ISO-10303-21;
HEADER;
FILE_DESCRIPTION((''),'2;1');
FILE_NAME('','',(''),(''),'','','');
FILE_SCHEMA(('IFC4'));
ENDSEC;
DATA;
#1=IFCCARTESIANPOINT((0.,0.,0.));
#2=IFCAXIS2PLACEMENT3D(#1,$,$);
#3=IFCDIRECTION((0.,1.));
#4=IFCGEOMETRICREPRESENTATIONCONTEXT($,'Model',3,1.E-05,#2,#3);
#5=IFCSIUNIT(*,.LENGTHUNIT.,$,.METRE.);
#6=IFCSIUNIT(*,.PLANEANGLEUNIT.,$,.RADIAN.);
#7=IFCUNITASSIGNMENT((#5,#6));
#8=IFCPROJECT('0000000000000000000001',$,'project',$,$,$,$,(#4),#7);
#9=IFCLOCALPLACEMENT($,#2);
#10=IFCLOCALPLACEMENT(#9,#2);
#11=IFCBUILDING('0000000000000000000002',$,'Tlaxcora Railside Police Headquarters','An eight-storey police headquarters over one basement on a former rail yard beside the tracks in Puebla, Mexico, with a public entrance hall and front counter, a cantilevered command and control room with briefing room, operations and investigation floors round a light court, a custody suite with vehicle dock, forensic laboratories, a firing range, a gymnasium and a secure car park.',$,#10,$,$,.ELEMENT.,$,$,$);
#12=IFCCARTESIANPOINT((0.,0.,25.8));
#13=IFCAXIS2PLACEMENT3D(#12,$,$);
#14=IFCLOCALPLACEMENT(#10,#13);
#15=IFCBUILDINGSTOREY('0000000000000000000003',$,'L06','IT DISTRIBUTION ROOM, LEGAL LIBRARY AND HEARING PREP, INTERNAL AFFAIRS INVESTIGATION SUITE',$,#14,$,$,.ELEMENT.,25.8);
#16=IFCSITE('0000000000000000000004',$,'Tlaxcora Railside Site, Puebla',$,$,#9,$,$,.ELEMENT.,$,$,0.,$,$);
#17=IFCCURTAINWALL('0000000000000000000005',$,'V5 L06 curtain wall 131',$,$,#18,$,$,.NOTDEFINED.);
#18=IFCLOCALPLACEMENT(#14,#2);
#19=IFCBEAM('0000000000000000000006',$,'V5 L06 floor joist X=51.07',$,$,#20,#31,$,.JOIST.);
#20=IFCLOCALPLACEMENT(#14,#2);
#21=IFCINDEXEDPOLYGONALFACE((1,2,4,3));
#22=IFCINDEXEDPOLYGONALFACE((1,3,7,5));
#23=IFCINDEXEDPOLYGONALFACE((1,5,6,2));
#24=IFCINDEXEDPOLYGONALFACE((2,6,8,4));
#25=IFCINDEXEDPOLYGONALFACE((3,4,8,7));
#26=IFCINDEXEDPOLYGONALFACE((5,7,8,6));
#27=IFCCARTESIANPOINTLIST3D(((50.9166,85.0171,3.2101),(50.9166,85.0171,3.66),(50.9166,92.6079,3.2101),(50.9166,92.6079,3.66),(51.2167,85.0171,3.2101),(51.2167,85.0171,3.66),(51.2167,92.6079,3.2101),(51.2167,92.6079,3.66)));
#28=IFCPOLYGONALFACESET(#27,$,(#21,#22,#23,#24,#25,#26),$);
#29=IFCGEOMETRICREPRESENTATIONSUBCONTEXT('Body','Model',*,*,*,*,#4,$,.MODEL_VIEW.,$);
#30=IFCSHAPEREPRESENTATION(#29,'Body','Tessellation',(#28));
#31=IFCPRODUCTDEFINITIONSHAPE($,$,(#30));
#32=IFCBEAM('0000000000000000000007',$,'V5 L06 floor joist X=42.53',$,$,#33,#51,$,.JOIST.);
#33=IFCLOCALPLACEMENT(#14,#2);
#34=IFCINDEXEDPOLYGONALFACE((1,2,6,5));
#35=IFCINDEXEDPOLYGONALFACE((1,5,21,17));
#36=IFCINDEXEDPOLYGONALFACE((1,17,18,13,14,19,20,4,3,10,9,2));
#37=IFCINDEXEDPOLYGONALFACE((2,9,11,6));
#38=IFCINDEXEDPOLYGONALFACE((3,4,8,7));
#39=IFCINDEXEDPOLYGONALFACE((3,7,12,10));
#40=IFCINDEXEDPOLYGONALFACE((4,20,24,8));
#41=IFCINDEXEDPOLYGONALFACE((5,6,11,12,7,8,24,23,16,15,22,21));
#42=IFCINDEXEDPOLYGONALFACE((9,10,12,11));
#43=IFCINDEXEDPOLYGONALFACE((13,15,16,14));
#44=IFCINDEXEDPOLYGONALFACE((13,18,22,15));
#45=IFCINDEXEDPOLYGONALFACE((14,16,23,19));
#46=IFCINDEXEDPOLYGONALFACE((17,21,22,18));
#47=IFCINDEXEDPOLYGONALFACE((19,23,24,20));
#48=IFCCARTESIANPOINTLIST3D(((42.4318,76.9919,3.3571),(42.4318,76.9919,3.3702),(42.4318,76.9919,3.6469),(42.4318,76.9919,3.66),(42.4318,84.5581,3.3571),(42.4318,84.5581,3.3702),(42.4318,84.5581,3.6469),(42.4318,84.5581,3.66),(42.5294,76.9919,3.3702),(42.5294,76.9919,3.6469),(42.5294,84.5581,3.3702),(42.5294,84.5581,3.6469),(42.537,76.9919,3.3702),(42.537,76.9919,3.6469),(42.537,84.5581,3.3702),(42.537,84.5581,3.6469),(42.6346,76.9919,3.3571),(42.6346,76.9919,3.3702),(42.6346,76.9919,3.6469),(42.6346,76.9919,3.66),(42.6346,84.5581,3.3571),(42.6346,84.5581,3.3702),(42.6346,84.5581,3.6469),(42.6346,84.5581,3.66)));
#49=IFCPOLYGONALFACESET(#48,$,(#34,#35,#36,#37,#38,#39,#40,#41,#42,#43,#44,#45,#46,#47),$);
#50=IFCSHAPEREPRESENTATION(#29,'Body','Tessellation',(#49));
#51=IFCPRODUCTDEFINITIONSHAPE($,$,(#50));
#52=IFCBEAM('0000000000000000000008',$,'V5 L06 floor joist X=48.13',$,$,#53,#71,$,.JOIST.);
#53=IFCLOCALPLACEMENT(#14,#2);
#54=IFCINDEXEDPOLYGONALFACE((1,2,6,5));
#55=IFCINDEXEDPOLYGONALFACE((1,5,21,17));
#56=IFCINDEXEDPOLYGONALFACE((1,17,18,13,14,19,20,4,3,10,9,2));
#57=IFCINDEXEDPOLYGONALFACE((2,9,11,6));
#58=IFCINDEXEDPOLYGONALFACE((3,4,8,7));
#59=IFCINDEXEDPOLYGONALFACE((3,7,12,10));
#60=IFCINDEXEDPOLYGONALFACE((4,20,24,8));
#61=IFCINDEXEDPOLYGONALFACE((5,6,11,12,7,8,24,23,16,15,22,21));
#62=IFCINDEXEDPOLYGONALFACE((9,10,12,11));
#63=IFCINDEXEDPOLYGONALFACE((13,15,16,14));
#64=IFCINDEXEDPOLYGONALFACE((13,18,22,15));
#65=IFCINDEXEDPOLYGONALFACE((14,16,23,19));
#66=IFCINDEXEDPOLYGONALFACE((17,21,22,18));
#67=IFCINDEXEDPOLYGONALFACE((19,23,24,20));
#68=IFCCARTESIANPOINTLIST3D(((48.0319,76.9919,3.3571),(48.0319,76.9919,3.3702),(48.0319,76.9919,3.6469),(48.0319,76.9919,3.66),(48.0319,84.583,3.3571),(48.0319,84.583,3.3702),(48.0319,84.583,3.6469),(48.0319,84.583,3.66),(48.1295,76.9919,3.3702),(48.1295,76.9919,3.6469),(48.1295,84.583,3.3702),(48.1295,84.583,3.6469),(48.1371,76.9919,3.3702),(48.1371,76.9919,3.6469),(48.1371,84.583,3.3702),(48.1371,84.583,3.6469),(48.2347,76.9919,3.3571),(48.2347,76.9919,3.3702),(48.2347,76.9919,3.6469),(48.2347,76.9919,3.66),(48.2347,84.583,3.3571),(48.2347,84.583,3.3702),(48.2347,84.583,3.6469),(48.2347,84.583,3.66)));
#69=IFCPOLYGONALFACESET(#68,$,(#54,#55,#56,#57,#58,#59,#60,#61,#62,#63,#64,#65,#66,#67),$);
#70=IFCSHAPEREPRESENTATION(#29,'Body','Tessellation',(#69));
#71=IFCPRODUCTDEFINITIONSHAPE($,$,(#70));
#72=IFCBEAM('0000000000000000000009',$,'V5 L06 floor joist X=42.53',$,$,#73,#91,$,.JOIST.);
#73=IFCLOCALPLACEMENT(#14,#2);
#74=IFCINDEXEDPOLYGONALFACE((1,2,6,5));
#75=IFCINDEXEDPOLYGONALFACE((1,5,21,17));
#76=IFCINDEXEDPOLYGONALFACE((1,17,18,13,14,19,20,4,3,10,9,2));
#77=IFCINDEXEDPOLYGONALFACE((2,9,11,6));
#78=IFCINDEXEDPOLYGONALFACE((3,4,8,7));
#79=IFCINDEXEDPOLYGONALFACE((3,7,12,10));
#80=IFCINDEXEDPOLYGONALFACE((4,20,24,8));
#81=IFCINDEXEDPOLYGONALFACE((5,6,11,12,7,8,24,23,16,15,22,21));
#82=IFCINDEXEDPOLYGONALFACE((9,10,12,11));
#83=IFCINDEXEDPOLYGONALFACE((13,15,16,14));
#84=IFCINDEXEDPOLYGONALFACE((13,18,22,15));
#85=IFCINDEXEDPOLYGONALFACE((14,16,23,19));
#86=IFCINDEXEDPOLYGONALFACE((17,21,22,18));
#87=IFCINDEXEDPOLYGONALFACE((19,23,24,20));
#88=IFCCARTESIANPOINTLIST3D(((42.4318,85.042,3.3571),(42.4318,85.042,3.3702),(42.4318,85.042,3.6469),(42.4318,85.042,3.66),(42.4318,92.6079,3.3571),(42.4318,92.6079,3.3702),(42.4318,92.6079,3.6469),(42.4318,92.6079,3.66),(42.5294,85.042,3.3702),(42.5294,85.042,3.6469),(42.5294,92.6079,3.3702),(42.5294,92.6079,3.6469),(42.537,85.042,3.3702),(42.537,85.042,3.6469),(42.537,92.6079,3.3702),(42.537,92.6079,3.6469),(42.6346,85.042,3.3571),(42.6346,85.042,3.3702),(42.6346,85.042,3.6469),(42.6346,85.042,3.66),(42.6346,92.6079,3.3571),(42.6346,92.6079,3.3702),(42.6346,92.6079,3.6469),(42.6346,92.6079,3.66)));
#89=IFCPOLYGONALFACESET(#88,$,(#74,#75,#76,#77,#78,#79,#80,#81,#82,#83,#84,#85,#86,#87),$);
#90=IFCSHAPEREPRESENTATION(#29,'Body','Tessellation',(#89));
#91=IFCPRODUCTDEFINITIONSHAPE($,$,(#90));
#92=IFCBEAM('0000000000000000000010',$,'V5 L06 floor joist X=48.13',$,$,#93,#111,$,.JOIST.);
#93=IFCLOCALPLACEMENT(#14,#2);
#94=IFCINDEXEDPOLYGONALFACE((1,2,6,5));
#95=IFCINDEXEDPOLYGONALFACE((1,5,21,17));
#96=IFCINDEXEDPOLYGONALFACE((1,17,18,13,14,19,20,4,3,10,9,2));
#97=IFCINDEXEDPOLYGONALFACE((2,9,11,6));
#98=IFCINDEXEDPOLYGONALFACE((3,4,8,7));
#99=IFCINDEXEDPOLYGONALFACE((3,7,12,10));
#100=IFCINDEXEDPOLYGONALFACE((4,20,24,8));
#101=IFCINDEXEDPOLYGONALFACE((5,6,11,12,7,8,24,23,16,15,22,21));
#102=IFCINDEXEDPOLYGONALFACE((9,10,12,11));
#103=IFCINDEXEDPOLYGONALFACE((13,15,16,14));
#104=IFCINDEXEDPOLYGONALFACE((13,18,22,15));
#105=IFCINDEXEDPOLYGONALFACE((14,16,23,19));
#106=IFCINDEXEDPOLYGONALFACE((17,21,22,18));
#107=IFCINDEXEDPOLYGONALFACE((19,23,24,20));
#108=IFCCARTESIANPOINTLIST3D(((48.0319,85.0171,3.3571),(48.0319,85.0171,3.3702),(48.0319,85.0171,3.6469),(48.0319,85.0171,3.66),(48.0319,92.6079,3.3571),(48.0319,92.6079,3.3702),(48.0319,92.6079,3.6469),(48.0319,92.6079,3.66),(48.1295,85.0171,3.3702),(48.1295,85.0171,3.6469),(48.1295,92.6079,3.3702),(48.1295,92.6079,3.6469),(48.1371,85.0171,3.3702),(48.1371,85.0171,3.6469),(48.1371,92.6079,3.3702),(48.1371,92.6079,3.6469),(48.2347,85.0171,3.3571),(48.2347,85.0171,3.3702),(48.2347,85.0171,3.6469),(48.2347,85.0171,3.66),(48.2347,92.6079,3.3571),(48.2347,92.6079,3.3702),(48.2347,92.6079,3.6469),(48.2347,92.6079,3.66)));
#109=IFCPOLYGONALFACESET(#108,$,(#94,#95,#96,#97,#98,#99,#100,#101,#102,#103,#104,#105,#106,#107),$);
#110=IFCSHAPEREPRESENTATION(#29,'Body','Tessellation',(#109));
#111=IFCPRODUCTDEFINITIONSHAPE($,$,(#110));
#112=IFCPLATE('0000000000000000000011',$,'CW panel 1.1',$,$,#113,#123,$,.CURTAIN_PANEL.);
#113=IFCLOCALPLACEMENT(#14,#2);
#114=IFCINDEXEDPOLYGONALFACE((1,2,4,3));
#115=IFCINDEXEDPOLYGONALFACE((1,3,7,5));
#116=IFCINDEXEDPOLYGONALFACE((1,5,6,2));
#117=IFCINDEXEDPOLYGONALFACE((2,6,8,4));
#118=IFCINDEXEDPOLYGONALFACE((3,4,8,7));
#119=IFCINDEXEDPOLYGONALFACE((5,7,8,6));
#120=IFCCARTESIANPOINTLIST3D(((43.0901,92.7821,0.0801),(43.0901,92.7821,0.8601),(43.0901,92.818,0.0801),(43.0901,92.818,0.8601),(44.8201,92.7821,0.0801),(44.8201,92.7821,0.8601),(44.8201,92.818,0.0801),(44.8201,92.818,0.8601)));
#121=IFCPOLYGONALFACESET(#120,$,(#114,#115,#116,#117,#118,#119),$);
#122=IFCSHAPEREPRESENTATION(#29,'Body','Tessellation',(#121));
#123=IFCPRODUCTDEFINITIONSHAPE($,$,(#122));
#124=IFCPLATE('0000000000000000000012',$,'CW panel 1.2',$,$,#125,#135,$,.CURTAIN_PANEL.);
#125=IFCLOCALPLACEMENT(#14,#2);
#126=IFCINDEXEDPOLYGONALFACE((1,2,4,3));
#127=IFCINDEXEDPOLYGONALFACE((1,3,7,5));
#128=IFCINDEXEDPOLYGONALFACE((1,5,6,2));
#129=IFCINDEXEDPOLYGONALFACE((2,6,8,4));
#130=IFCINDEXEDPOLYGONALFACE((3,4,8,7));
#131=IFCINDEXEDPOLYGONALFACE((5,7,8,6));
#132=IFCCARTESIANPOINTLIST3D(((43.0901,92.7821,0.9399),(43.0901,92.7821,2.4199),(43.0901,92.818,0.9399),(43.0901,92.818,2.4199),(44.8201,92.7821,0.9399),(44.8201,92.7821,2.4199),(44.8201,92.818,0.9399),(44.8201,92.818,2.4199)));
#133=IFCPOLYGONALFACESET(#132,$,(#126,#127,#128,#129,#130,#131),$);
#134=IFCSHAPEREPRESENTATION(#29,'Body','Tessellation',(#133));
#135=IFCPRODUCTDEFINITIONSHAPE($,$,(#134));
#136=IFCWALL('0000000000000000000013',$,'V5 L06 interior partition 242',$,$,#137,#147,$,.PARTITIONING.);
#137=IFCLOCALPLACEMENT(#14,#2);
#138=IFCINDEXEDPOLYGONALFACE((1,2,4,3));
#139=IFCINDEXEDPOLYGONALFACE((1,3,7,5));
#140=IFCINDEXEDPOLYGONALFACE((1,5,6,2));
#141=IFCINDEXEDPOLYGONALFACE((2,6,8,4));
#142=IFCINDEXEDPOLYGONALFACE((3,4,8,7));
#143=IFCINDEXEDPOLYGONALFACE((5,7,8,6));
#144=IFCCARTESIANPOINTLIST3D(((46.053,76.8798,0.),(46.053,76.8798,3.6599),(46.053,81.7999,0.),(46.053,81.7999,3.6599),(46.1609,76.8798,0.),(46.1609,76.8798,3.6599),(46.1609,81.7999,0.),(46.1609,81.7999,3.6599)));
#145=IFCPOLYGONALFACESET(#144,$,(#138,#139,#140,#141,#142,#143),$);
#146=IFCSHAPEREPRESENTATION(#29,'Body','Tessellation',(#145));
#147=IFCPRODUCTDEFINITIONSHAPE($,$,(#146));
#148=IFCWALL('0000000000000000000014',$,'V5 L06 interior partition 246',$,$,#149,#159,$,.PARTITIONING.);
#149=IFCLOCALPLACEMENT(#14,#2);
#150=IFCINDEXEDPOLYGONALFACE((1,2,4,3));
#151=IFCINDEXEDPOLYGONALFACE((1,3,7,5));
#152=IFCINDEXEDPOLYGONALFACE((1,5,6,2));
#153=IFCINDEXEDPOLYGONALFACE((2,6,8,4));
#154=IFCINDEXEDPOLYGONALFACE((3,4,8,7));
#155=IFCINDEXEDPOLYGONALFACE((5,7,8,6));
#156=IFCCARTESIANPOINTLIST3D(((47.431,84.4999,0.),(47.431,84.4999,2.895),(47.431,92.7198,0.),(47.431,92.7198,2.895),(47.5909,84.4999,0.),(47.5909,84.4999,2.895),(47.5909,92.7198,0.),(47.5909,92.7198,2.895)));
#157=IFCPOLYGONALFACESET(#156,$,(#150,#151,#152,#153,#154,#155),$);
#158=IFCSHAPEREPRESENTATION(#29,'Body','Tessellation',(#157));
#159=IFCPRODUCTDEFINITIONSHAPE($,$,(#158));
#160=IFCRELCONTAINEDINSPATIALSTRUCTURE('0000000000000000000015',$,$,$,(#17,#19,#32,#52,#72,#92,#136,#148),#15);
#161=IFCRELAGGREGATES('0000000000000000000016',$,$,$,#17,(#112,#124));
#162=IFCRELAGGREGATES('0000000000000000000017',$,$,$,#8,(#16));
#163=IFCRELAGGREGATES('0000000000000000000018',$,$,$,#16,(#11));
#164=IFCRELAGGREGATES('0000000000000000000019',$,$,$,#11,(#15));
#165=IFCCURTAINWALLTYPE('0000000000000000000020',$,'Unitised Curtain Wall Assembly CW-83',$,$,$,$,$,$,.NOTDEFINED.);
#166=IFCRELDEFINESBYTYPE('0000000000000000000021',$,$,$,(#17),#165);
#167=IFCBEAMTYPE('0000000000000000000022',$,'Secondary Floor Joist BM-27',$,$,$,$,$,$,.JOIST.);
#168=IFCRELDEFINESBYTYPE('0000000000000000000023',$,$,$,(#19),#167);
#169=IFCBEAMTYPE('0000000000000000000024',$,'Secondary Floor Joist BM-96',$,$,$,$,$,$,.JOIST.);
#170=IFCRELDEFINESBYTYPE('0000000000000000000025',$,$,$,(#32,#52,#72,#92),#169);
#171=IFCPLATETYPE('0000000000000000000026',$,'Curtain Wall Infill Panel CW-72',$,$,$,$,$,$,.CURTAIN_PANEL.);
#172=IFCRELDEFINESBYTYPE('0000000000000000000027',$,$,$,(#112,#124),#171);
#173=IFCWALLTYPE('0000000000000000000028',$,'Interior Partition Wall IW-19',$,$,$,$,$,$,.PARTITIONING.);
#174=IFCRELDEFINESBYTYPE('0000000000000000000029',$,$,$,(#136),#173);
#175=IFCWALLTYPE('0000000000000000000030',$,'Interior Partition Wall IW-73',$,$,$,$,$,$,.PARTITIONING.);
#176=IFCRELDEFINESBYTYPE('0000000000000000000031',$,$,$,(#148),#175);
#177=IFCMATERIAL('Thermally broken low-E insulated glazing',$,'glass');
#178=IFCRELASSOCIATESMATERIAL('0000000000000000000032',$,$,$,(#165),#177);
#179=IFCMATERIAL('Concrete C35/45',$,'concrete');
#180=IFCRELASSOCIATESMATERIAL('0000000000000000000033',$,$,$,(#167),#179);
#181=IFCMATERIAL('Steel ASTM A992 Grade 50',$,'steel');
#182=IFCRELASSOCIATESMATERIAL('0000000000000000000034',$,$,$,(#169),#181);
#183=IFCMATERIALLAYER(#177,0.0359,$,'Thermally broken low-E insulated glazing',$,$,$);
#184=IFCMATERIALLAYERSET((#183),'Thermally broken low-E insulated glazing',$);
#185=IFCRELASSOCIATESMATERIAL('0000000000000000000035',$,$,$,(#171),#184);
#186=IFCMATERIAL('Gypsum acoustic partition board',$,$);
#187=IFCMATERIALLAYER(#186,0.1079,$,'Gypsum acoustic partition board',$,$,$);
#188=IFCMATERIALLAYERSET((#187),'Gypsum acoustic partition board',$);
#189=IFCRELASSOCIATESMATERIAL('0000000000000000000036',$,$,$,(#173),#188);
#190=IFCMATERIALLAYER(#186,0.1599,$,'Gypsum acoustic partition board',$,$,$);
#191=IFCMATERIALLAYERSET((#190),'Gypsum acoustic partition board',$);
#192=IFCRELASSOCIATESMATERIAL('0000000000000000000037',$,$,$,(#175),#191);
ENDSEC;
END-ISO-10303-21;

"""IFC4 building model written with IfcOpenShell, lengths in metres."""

from ifc_helpers import new_model, si_unit, direction, frame, frame_2d, origin, origin_2d, place, context, subcontext, project, spatial, rectangle, i_section, extrude, material, layer, layer_set, material_profile, profile_set, type_object, element, aggregate, save


model = new_model("IFC4")

# Units and contexts
model_context = context("Model", 3, precision=1e-05, world=origin(), true_north=direction((0.0, 1.0)))
body_context = subcontext(model_context, "Body", "Model", "MODEL_VIEW")
ifc_project = project(units=[si_unit("LENGTHUNIT", "METRE"), si_unit("PLANEANGLEUNIT", "RADIAN")], contexts=[model_context])

# Site, building, storey
site_placement = place(None, origin())
site = spatial("IfcSite", under=ifc_project, at=site_placement, Name="Tlaxcora Railside Site, Puebla", CompositionType="ELEMENT", RefElevation=0.0)
building_placement = place(site_placement, origin())
building = spatial("IfcBuilding", under=site, at=building_placement, Name="Tlaxcora Railside Police Headquarters", Description="An eight-storey police headquarters over one basement on a former rail yard beside the tracks in Puebla, Mexico, with a public entrance hall and front counter, a cantilevered command and control room with briefing room, operations and investigation floors round a light court, a custody suite with vehicle dock, forensic laboratories, a firing range, a gymnasium and a secure car park.", CompositionType="ELEMENT")
storey_placement = place(building_placement, frame((0.0, 0.0, 25.8)))
storey = spatial("IfcBuildingStorey", under=building, at=storey_placement, Name="L06", Description="IT DISTRIBUTION ROOM, LEGAL LIBRARY AND HEARING PREP, INTERNAL AFFAIRS INVESTIGATION SUITE", CompositionType="ELEMENT", Elevation=25.8)

# Curtain wall
ifc_material_1 = material(Name="Thermally broken low-E insulated glazing", Category="glass")
curtain_wall_type = type_object("IfcCurtainWallType", Name="Unitised Curtain Wall Assembly CW-83", PredefinedType="NOTDEFINED", material=ifc_material_1)
curtain_wall_placement = place(storey_placement, origin())
curtain_wall = element("IfcCurtainWall", 1, at=curtain_wall_placement, inside=storey, type_object=curtain_wall_type, Name="V5 L06 curtain wall 131", PredefinedType="NOTDEFINED")

# Beams
ifc_material_2 = material(Name="Concrete C35/45", Category="concrete")
ifc_material_profile_1 = material_profile(ifc_material_2, rectangle(XDim=0.3, YDim=0.45, at=origin_2d()), Name="RC300X450")
ifc_profile_set_1 = profile_set([ifc_material_profile_1], Name="Concrete C35/45")
beam_type_1 = type_object("IfcBeamType", Name="Secondary Floor Joist BM-27", PredefinedType="JOIST", material=ifc_profile_set_1)
beam_1_placement = place(storey_placement, frame((51.0667, 85.0171, 3.4351), z_axis=(0.0, 1.0, 0.0), x_axis=(-1.0, 0.0, 0.0)))
element("IfcBeam", 2, at=beam_1_placement, inside=storey, type_object=beam_type_1, Name="V5 L06 floor joist X=51.07", PredefinedType="JOIST", context=body_context, shape_type="SweptSolid", body=[
    extrude(rectangle(XDim=0.3, YDim=0.45, at=origin_2d()), origin(), (0.0, 0.0, 1.0), 7.5908),
])
ifc_material_3 = material(Name="Steel ASTM A992 Grade 50", Category="steel")
ifc_material_profile_2 = material_profile(ifc_material_3, i_section(OverallWidth=0.2029, OverallDepth=0.303, WebThickness=0.0076, FlangeThickness=0.0132, at=origin_2d()), Name="W12X40")
ifc_profile_set_2 = profile_set([ifc_material_profile_2], Name="Steel ASTM A992 Grade 50")
beam_type_2 = type_object("IfcBeamType", Name="Secondary Floor Joist BM-96", PredefinedType="JOIST", material=ifc_profile_set_2)
beam_2_placement = place(storey_placement, frame((42.5332, 76.9919, 3.5085), z_axis=(0.0, 1.0, 0.0), x_axis=(-1.0, 0.0, 0.0)))
element("IfcBeam", 3, at=beam_2_placement, inside=storey, type_object=beam_type_2, Name="V5 L06 floor joist X=42.53", PredefinedType="JOIST", context=body_context, shape_type="SweptSolid", body=[
    extrude(i_section(OverallWidth=0.2029, OverallDepth=0.303, WebThickness=0.0076, FlangeThickness=0.0132, at=origin_2d()), origin(), (0.0, 0.0, 1.0), 7.5662),
])
beam_3_placement = place(storey_placement, frame((48.1333, 76.9919, 3.5085), z_axis=(0.0, 1.0, 0.0), x_axis=(-1.0, 0.0, 0.0)))
element("IfcBeam", 4, at=beam_3_placement, inside=storey, type_object=beam_type_2, Name="V5 L06 floor joist X=48.13", PredefinedType="JOIST", context=body_context, shape_type="SweptSolid", body=[
    extrude(i_section(OverallWidth=0.2029, OverallDepth=0.303, WebThickness=0.0076, FlangeThickness=0.0132, at=origin_2d()), origin(), (0.0, 0.0, 1.0), 7.5911),
])
beam_4_placement = place(storey_placement, frame((42.5332, 85.042, 3.5085), z_axis=(0.0, 1.0, 0.0), x_axis=(-1.0, 0.0, 0.0)))
element("IfcBeam", 5, at=beam_4_placement, inside=storey, type_object=beam_type_2, Name="V5 L06 floor joist X=42.53", PredefinedType="JOIST", context=body_context, shape_type="SweptSolid", body=[
    extrude(i_section(OverallWidth=0.2029, OverallDepth=0.303, WebThickness=0.0076, FlangeThickness=0.0132, at=origin_2d()), origin(), (0.0, 0.0, 1.0), 7.5659),
])
beam_5_placement = place(storey_placement, frame((48.1333, 85.0171, 3.5085), z_axis=(0.0, 1.0, 0.0), x_axis=(-1.0, 0.0, 0.0)))
element("IfcBeam", 6, at=beam_5_placement, inside=storey, type_object=beam_type_2, Name="V5 L06 floor joist X=48.13", PredefinedType="JOIST", context=body_context, shape_type="SweptSolid", body=[
    extrude(i_section(OverallWidth=0.2029, OverallDepth=0.303, WebThickness=0.0076, FlangeThickness=0.0132, at=origin_2d()), origin(), (0.0, 0.0, 1.0), 7.5908),
])

# Plates
ifc_layer_1 = layer(ifc_material_1, 0.0359, Name="Thermally broken low-E insulated glazing")
ifc_layer_set_1 = layer_set([ifc_layer_1], Name="Thermally broken low-E insulated glazing")
plate_type = type_object("IfcPlateType", Name="Curtain Wall Infill Panel CW-72", PredefinedType="CURTAIN_PANEL", material=ifc_layer_set_1)
plate_1_placement = place(storey_placement, frame((43.9551, 92.8, 0.0801), z_axis=(0.0, 0.0, 1.0), x_axis=(-1.0, 0.0, 0.0)))
plate_1 = element("IfcPlate", 7, at=plate_1_placement, type_object=plate_type, Name="CW panel 1.1", PredefinedType="CURTAIN_PANEL", context=body_context, shape_type="SweptSolid", body=[
    extrude(rectangle(XDim=1.73, YDim=0.0359, at=origin_2d()), origin(), (0.0, 0.0, 1.0), 0.78),
])
plate_2_placement = place(storey_placement, frame((43.9551, 92.8, 0.9399), z_axis=(0.0, 0.0, 1.0), x_axis=(-1.0, 0.0, 0.0)))
plate_2 = element("IfcPlate", 8, at=plate_2_placement, type_object=plate_type, Name="CW panel 1.2", PredefinedType="CURTAIN_PANEL", context=body_context, shape_type="SweptSolid", body=[
    extrude(rectangle(XDim=1.73, YDim=0.0359, at=origin_2d()), origin(), (0.0, 0.0, 1.0), 1.48),
])
aggregate(curtain_wall, [plate_1, plate_2])

# Walls
ifc_material_4 = material(Name="Gypsum acoustic partition board")
ifc_layer_2 = layer(ifc_material_4, 0.1079, Name="Gypsum acoustic partition board")
ifc_layer_set_2 = layer_set([ifc_layer_2], Name="Gypsum acoustic partition board")
wall_type_1 = type_object("IfcWallType", Name="Interior Partition Wall IW-19", PredefinedType="PARTITIONING", material=ifc_layer_set_2)
wall_1_placement = place(storey_placement, frame((46.1069, 76.8799, 0.0), z_axis=(0.0, 0.0, 1.0), x_axis=(0.0, 1.0, 0.0)))
element("IfcWall", 9, at=wall_1_placement, inside=storey, type_object=wall_type_1, Name="V5 L06 interior partition 242", PredefinedType="PARTITIONING", context=body_context, shape_type="SweptSolid", body=[
    extrude(rectangle(XDim=4.9202, YDim=0.1079, at=frame_2d((2.46, 0.0))), origin(), (0.0, 0.0, 1.0), 3.6599),
])
ifc_layer_3 = layer(ifc_material_4, 0.1599, Name="Gypsum acoustic partition board")
ifc_layer_set_3 = layer_set([ifc_layer_3], Name="Gypsum acoustic partition board")
wall_type_2 = type_object("IfcWallType", Name="Interior Partition Wall IW-73", PredefinedType="PARTITIONING", material=ifc_layer_set_3)
wall_2_placement = place(storey_placement, frame((47.511, 84.5, 0.0), z_axis=(0.0, 0.0, 1.0), x_axis=(0.0, 1.0, 0.0)))
element("IfcWall", 10, at=wall_2_placement, inside=storey, type_object=wall_type_2, Name="V5 L06 interior partition 246", PredefinedType="PARTITIONING", context=body_context, shape_type="SweptSolid", body=[
    extrude(rectangle(XDim=8.22, YDim=0.1599, at=frame_2d((4.1099, 0.0))), origin(), (0.0, 0.0, 1.0), 2.895),
])

save(model, "model.ifc")
